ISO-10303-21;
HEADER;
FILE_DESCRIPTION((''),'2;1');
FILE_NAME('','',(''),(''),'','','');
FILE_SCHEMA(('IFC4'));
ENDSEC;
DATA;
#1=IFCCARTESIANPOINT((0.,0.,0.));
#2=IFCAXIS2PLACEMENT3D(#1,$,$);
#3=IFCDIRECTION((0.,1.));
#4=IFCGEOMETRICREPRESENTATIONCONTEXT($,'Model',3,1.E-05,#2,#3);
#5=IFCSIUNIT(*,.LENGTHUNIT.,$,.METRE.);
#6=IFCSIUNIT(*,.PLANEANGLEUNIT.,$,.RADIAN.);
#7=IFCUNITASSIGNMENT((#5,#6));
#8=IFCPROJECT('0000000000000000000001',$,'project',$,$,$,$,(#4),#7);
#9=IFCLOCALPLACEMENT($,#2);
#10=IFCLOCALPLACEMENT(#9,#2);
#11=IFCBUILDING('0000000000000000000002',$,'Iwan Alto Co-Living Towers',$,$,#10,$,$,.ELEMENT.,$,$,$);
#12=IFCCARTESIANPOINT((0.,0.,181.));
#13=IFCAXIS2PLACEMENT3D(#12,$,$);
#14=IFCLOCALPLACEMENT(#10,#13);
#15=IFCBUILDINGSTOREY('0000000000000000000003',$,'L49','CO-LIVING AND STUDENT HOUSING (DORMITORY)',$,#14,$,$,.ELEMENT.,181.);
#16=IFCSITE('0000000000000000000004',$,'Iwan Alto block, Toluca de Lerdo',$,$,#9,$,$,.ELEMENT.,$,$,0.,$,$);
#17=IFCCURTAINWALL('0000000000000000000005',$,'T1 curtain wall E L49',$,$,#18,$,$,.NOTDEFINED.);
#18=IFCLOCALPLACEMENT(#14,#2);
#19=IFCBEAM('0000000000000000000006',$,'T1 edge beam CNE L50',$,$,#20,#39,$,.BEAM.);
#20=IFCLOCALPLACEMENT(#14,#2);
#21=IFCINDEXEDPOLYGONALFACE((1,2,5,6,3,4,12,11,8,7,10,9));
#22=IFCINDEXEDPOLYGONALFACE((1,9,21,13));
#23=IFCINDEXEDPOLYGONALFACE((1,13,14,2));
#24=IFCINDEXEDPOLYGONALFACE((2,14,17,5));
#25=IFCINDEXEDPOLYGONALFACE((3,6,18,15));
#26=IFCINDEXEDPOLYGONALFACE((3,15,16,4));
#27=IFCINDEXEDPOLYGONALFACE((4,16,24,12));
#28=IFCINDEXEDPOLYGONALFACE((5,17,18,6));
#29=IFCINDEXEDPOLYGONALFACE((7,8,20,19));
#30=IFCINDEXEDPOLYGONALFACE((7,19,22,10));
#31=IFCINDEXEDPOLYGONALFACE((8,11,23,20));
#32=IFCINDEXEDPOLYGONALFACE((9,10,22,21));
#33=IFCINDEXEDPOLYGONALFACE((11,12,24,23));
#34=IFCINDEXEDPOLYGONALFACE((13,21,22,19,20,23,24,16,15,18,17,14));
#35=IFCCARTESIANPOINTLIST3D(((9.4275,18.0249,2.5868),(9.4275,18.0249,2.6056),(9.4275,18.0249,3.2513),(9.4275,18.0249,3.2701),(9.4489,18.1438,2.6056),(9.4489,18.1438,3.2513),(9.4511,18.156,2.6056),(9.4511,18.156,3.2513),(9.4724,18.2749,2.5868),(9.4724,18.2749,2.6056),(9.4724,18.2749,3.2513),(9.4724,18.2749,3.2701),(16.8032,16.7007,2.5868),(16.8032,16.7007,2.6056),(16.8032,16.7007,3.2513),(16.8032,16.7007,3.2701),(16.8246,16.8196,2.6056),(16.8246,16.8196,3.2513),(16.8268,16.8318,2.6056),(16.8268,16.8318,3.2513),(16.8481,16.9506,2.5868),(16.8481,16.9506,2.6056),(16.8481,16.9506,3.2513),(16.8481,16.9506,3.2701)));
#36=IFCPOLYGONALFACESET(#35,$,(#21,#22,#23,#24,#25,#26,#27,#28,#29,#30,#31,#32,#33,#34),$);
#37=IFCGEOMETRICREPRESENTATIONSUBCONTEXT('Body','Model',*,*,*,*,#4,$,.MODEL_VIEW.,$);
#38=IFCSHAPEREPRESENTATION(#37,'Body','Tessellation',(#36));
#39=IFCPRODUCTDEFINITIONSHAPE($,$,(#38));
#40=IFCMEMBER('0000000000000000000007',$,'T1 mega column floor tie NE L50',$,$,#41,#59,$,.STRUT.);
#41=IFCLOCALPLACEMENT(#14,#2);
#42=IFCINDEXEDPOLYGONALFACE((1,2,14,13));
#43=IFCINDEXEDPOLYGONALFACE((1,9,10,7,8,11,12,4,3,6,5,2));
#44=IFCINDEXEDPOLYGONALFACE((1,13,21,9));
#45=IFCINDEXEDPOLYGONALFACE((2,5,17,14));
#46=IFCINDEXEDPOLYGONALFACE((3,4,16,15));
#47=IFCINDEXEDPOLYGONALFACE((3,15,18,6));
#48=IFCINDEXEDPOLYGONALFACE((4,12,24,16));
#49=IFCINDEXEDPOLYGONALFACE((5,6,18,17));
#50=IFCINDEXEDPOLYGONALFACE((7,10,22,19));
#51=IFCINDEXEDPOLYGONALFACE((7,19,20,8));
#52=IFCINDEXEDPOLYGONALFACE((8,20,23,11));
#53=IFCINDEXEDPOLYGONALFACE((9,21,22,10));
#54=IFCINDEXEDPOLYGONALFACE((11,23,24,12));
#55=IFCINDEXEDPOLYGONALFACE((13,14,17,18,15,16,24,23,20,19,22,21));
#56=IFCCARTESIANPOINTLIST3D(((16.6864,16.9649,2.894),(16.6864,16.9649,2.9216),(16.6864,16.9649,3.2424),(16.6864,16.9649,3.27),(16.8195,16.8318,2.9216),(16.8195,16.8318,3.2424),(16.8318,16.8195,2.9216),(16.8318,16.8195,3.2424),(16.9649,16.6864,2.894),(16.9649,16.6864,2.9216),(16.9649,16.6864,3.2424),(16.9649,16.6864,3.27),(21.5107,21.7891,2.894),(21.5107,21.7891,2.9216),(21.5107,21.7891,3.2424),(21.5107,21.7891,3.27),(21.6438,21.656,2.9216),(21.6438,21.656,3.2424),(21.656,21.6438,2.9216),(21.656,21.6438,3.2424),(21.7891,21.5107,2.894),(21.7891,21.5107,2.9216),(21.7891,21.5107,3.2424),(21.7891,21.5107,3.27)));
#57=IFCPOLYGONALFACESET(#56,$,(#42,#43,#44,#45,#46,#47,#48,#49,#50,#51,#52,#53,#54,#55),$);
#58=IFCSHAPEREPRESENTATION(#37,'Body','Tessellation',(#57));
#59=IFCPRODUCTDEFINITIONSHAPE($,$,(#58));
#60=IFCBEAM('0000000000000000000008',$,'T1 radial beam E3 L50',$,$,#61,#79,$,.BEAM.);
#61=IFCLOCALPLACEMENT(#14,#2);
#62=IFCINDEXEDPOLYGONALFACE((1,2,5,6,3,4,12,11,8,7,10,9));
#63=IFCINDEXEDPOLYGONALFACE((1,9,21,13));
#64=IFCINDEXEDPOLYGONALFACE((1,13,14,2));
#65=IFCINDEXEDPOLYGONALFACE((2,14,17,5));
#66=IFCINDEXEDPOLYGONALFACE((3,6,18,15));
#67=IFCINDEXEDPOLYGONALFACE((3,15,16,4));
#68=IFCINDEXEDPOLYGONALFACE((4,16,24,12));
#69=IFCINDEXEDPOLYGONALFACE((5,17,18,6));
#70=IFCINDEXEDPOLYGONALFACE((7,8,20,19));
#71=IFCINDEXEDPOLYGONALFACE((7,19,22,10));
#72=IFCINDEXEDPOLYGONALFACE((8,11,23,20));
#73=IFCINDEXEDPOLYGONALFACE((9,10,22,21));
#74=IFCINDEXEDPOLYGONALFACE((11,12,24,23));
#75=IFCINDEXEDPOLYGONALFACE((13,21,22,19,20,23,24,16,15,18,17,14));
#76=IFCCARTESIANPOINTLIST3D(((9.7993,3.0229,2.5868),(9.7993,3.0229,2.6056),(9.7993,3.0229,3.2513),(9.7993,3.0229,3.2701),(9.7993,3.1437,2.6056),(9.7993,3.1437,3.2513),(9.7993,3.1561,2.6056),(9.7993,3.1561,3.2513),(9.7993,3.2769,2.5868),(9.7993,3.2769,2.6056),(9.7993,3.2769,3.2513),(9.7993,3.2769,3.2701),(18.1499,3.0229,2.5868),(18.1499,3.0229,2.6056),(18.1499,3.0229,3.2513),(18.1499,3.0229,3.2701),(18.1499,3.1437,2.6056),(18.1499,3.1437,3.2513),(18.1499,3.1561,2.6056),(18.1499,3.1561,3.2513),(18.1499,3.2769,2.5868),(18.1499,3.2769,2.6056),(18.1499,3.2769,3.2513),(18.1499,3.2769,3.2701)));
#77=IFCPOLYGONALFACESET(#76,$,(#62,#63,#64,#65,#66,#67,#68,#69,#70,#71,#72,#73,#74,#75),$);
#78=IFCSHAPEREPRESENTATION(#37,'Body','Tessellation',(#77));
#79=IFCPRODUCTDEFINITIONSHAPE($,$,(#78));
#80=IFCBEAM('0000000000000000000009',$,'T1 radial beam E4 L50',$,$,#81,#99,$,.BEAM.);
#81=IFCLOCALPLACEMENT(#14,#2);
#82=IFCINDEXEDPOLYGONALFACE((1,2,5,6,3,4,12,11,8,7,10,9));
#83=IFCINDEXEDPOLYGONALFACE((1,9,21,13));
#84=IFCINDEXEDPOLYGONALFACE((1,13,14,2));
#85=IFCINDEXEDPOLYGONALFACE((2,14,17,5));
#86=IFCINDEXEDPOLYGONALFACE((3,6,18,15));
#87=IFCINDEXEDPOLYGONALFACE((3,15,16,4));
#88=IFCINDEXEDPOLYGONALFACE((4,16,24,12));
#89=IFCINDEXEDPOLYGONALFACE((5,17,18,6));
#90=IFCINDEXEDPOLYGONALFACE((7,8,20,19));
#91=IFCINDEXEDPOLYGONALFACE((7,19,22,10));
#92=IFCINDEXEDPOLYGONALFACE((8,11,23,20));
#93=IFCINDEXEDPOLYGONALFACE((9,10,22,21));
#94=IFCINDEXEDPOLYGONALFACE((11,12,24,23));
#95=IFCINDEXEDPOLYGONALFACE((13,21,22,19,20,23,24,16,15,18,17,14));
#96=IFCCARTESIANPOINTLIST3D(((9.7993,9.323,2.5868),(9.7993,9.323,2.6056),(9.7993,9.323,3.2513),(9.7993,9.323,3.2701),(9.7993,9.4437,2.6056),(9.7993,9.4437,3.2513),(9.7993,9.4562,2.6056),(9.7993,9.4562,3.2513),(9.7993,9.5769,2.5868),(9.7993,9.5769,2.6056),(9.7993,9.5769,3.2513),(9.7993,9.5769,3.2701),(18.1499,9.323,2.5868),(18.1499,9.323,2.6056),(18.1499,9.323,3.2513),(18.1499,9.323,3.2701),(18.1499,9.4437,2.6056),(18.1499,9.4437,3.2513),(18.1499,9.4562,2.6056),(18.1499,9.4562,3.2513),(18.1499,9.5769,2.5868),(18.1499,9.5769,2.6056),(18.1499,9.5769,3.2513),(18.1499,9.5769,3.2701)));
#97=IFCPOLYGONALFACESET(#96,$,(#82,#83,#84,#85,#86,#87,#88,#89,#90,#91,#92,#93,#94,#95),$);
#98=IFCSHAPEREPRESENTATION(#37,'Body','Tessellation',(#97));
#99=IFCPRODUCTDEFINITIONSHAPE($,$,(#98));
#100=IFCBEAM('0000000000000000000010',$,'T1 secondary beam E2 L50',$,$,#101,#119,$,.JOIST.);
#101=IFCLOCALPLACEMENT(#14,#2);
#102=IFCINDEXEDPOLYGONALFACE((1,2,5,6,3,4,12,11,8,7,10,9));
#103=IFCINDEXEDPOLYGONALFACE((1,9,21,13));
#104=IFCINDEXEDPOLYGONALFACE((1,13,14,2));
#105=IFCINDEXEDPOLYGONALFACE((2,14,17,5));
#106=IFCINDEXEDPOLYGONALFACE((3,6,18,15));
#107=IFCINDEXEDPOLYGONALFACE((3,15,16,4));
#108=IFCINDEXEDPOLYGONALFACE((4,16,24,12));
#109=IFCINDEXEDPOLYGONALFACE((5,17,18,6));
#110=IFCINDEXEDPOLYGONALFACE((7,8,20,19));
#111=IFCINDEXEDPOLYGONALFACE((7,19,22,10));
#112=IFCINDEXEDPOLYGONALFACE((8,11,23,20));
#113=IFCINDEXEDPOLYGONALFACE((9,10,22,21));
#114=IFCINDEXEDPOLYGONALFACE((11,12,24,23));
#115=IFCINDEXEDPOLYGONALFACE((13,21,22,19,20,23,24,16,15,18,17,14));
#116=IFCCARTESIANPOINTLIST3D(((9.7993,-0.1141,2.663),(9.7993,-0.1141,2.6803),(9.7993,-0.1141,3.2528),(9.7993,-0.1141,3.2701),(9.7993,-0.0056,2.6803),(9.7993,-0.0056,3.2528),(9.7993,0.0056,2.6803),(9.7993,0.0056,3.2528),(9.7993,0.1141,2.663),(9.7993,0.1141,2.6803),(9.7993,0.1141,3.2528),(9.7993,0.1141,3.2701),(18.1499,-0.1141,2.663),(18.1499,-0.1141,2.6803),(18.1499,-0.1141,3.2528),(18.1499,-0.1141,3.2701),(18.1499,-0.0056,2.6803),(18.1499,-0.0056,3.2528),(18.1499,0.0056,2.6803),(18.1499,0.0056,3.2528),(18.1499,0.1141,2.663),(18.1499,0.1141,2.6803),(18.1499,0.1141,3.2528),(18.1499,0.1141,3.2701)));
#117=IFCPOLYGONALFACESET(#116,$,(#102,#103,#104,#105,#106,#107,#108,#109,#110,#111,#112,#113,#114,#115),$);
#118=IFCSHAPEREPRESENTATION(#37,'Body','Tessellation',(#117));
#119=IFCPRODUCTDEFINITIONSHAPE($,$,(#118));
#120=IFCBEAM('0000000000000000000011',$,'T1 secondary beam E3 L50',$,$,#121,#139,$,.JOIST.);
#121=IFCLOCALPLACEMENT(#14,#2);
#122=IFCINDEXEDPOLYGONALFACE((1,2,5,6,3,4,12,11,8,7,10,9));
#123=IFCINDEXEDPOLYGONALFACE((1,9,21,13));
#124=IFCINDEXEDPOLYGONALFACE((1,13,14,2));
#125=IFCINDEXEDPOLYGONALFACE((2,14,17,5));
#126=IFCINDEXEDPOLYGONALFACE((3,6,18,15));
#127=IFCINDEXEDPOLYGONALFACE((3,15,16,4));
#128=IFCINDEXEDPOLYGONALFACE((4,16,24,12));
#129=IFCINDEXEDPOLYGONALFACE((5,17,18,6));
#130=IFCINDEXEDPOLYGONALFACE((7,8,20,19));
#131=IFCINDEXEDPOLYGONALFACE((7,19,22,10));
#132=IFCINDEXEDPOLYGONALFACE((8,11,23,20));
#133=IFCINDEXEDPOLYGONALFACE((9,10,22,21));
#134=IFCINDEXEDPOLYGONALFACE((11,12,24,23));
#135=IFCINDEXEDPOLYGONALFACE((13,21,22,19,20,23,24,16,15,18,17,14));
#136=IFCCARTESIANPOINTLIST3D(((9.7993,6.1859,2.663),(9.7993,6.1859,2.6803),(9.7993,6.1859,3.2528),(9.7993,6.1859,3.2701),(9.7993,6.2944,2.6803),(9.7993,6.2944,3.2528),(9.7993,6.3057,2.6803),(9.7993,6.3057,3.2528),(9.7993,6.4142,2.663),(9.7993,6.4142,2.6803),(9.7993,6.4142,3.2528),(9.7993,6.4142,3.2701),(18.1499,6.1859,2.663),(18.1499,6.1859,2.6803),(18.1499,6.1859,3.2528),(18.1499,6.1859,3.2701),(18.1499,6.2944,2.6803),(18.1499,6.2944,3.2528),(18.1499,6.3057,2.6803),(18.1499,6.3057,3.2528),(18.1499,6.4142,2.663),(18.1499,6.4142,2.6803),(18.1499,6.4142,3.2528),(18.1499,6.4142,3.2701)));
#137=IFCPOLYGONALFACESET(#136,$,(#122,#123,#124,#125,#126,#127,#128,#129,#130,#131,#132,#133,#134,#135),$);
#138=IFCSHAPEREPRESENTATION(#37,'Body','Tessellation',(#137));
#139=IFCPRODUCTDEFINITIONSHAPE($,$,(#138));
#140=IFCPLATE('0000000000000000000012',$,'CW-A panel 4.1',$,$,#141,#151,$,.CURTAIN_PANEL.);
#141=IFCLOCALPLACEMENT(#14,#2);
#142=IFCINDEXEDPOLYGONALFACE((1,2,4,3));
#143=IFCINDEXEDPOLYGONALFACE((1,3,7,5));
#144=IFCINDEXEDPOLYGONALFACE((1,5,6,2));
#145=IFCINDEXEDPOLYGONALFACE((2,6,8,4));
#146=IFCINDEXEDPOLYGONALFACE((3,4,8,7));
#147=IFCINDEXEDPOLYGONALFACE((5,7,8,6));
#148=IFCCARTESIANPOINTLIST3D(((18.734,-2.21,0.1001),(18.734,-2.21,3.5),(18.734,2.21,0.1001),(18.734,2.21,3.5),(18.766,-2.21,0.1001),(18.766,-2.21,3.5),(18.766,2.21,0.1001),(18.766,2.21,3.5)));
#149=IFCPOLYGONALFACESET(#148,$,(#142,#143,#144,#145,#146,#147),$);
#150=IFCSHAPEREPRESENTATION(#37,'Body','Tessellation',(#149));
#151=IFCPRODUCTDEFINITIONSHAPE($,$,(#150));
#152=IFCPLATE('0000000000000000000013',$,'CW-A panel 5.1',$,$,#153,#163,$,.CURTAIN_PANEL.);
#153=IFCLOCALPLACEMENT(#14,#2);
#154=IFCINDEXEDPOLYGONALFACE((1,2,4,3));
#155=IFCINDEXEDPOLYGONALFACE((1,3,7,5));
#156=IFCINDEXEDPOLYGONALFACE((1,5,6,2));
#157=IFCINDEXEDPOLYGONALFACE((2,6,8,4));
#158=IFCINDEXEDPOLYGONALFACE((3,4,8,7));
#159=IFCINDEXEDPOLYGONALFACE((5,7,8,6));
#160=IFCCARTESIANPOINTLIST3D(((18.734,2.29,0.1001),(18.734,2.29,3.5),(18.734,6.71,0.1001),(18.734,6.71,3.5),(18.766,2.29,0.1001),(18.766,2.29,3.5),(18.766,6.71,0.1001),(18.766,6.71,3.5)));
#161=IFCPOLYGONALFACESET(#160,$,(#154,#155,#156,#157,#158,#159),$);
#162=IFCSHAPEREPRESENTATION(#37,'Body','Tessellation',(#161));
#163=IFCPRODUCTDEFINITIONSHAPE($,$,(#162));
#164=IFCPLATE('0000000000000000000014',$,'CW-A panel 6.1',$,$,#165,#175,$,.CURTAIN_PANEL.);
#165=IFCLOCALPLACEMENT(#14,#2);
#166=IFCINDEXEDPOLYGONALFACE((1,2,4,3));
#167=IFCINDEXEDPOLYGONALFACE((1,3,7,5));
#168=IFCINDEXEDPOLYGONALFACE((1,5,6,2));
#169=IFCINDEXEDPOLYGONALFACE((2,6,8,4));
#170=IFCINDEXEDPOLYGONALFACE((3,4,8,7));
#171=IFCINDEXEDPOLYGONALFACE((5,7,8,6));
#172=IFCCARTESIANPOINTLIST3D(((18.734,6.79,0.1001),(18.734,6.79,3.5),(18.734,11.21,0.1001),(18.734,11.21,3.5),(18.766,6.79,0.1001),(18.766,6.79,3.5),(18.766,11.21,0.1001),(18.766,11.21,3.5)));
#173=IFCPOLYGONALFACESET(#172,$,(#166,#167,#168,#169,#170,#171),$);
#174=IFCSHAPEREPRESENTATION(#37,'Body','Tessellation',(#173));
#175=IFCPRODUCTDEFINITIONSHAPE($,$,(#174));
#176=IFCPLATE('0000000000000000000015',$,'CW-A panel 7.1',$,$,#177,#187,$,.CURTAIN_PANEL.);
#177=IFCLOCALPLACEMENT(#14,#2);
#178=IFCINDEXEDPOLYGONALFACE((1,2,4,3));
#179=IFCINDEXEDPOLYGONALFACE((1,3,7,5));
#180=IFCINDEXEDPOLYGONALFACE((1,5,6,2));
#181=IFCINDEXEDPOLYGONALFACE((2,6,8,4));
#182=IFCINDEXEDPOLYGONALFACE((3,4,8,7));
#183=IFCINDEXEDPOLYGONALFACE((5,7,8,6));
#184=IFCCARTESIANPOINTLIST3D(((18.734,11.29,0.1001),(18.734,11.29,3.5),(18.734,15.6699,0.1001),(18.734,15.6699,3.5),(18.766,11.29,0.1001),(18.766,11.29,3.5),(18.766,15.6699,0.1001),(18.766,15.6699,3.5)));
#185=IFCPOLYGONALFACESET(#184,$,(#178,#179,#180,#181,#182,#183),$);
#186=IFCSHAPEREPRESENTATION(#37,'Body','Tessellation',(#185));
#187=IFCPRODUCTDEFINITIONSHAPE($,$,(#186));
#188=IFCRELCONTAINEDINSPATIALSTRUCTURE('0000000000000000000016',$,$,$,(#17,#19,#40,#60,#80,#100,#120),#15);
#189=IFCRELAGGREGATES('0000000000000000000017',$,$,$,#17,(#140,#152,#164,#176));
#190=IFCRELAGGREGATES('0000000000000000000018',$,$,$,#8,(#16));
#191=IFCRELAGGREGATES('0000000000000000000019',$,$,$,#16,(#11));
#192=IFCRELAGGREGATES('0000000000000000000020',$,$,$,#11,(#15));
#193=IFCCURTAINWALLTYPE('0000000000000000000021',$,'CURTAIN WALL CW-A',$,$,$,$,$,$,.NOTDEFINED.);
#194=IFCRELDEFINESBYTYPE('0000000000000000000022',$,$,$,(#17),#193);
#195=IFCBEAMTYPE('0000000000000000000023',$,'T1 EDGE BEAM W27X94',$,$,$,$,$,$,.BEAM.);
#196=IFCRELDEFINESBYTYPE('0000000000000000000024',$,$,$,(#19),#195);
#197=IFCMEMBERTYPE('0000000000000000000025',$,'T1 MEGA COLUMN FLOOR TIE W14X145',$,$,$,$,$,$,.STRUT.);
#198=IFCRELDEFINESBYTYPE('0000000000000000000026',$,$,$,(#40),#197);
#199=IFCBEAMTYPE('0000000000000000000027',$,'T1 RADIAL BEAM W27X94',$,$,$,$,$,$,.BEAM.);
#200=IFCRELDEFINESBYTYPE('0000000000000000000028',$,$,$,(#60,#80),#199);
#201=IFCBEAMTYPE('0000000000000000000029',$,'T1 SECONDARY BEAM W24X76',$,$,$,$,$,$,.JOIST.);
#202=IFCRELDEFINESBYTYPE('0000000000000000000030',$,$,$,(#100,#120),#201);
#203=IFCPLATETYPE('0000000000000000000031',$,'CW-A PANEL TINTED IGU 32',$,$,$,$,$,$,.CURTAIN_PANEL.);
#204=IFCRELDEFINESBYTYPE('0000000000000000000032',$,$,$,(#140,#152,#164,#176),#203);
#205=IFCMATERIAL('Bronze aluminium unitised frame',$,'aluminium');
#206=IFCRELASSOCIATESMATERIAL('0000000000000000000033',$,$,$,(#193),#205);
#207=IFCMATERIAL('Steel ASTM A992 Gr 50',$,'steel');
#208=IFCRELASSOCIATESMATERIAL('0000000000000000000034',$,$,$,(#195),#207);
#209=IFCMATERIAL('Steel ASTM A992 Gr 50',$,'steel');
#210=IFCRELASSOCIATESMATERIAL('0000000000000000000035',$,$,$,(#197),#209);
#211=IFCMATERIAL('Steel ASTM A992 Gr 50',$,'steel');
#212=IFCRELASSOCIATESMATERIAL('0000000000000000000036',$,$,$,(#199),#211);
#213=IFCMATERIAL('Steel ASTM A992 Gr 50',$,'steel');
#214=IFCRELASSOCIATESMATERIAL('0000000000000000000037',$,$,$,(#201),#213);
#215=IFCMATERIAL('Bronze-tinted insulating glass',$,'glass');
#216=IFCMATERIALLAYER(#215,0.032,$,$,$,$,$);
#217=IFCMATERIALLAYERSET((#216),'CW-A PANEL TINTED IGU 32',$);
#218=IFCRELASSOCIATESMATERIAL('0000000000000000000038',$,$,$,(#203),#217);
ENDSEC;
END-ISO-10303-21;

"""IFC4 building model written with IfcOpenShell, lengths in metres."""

from ifc_helpers import new_model, si_unit, direction, frame, origin, origin_2d, place, context, subcontext, project, spatial, rectangle, i_section, extrude, material, layer, layer_set, material_profile, profile_set, type_object, element, aggregate, save


model = new_model("IFC4")

# Units and contexts
model_context = context("Model", 3, precision=1e-05, world=origin(), true_north=direction((0.0, 1.0)))
body_context = subcontext(model_context, "Body", "Model", "MODEL_VIEW")
ifc_project = project(units=[si_unit("LENGTHUNIT", "METRE"), si_unit("PLANEANGLEUNIT", "RADIAN")], contexts=[model_context])

# Site, building, storey
site_placement = place(None, origin())
site = spatial("IfcSite", under=ifc_project, at=site_placement, Name="Iwan Alto block, Toluca de Lerdo", CompositionType="ELEMENT", RefElevation=0.0)
building_placement = place(site_placement, origin())
building = spatial("IfcBuilding", under=site, at=building_placement, Name="Iwan Alto Co-Living Towers", CompositionType="ELEMENT")
storey_placement = place(building_placement, frame((0.0, 0.0, 181.0)))
storey = spatial("IfcBuildingStorey", under=building, at=storey_placement, Name="L49", Description="CO-LIVING AND STUDENT HOUSING (DORMITORY)", CompositionType="ELEMENT", Elevation=181.0)

# Curtain wall
ifc_material_1 = material(Name="Bronze aluminium unitised frame", Category="aluminium")
curtain_wall_type_1 = type_object("IfcCurtainWallType", Name="CURTAIN WALL CW-A", PredefinedType="NOTDEFINED", material=ifc_material_1)
curtain_wall_1_placement = place(storey_placement, origin())
curtain_wall_1 = element("IfcCurtainWall", 1, at=curtain_wall_1_placement, inside=storey, type_object=curtain_wall_type_1, Name="T1 curtain wall E L49", PredefinedType="NOTDEFINED")

# Beam
ifc_material_2 = material(Name="Steel ASTM A992 Gr 50", Category="steel")
ifc_material_profile_1 = material_profile(ifc_material_2, i_section(OverallWidth=0.2539, OverallDepth=0.6833, WebThickness=0.0125, FlangeThickness=0.0188, at=origin_2d()), Name="W27X94")
ifc_profile_set_1 = profile_set([ifc_material_profile_1], Name="Steel ASTM A992 Gr 50")
beam_type_1 = type_object("IfcBeamType", Name="T1 EDGE BEAM W27X94", PredefinedType="BEAM", material=ifc_profile_set_1)
for number, where, z_axis, x_axis, name in (
    (2, (16.8257, 16.8257, 2.9285), (-0.984263, 0.176712, 0.0), (-0.176712, -0.984263, 0.0), "T1 edge beam CNE L50"),
):
    element("IfcBeam", number, at=place(storey_placement, frame(where, z_axis=z_axis, x_axis=x_axis)), inside=storey, type_object=beam_type_1, Name=name, PredefinedType="BEAM", context=body_context, shape_type="SweptSolid", body=[
        extrude(i_section(OverallWidth=0.2539, OverallDepth=0.6833, WebThickness=0.0125, FlangeThickness=0.0188, at=origin_2d()), origin(), (0.0, 0.0, 1.0), 7.4937),
    ])

# Member
ifc_material_3 = material(Name="Steel ASTM A992 Gr 50", Category="steel")
ifc_material_profile_2 = material_profile(ifc_material_3, i_section(OverallWidth=0.3938, OverallDepth=0.376, WebThickness=0.0173, FlangeThickness=0.0276, at=origin_2d()), Name="W14X145")
ifc_profile_set_2 = profile_set([ifc_material_profile_2], Name="Steel ASTM A992 Gr 50")
member_type_1 = type_object("IfcMemberType", Name="T1 MEGA COLUMN FLOOR TIE W14X145", PredefinedType="STRUT", material=ifc_profile_set_2)
member_1_placement = place(storey_placement, frame((21.6499, 21.6499, 3.082), z_axis=(-0.707107, -0.707107, 0.0), x_axis=(0.707107, -0.707107, 0.0)))
element("IfcMember", 3, at=member_1_placement, inside=storey, type_object=member_type_1, Name="T1 mega column floor tie NE L50", PredefinedType="STRUT", context=body_context, shape_type="SweptSolid", body=[
    extrude(i_section(OverallWidth=0.3938, OverallDepth=0.376, WebThickness=0.0173, FlangeThickness=0.0276, at=origin_2d()), origin(), (0.0, 0.0, 1.0), 6.8225),
])

# Beams
ifc_material_4 = material(Name="Steel ASTM A992 Gr 50", Category="steel")
ifc_material_profile_3 = material_profile(ifc_material_4, i_section(OverallWidth=0.2539, OverallDepth=0.6833, WebThickness=0.0125, FlangeThickness=0.0188, at=origin_2d()), Name="W27X94")
ifc_profile_set_3 = profile_set([ifc_material_profile_3], Name="Steel ASTM A992 Gr 50")
beam_type_2 = type_object("IfcBeamType", Name="T1 RADIAL BEAM W27X94", PredefinedType="BEAM", material=ifc_profile_set_3)
for number, where, z_axis, x_axis, name in (
    (4, (18.1499, 3.1499, 2.9285), (-1.0, 0.0, 0.0), (0.0, -1.0, 0.0), "T1 radial beam E3 L50"),
    (5, (18.1499, 9.45, 2.9285), (-1.0, 0.0, 0.0), (0.0, -1.0, 0.0), "T1 radial beam E4 L50"),
):
    element("IfcBeam", number, at=place(storey_placement, frame(where, z_axis=z_axis, x_axis=x_axis)), inside=storey, type_object=beam_type_2, Name=name, PredefinedType="BEAM", context=body_context, shape_type="SweptSolid", body=[
        extrude(i_section(OverallWidth=0.2539, OverallDepth=0.6833, WebThickness=0.0125, FlangeThickness=0.0188, at=origin_2d()), origin(), (0.0, 0.0, 1.0), 8.3506),
    ])
ifc_material_5 = material(Name="Steel ASTM A992 Gr 50", Category="steel")
ifc_material_profile_4 = material_profile(ifc_material_5, i_section(OverallWidth=0.2283, OverallDepth=0.6072, WebThickness=0.0112, FlangeThickness=0.0173, at=origin_2d()), Name="W24X76")
ifc_profile_set_4 = profile_set([ifc_material_profile_4], Name="Steel ASTM A992 Gr 50")
beam_type_3 = type_object("IfcBeamType", Name="T1 SECONDARY BEAM W24X76", PredefinedType="JOIST", material=ifc_profile_set_4)
for number, where, z_axis, x_axis, name in (
    (6, (18.1499, 0.0, 2.9666), (-1.0, 0.0, 0.0), (0.0, -1.0, 0.0), "T1 secondary beam E2 L50"),
    (7, (18.1499, 6.3, 2.9666), (-1.0, 0.0, 0.0), (0.0, -1.0, 0.0), "T1 secondary beam E3 L50"),
):
    element("IfcBeam", number, at=place(storey_placement, frame(where, z_axis=z_axis, x_axis=x_axis)), inside=storey, type_object=beam_type_3, Name=name, PredefinedType="JOIST", context=body_context, shape_type="SweptSolid", body=[
        extrude(i_section(OverallWidth=0.2283, OverallDepth=0.6072, WebThickness=0.0112, FlangeThickness=0.0173, at=origin_2d()), origin(), (0.0, 0.0, 1.0), 8.3506),
    ])

# Plates
ifc_material_6 = material(Name="Bronze-tinted insulating glass", Category="glass")
ifc_layer_1 = layer(ifc_material_6, 0.032)
ifc_layer_set_1 = layer_set([ifc_layer_1], Name="CW-A PANEL TINTED IGU 32")
plate_type_1 = type_object("IfcPlateType", Name="CW-A PANEL TINTED IGU 32", PredefinedType="CURTAIN_PANEL", material=ifc_layer_set_1)
plate_1_placement = place(storey_placement, frame((18.75, 0.0, 0.1001), z_axis=(0.0, 0.0, 1.0), x_axis=(0.0, 1.0, 0.0)))
plate_1 = element("IfcPlate", 8, at=plate_1_placement, type_object=plate_type_1, Name="CW-A panel 4.1", PredefinedType="CURTAIN_PANEL", context=body_context, shape_type="SweptSolid", body=[
    extrude(rectangle(XDim=4.4199, YDim=0.032, at=origin_2d()), origin(), (0.0, 0.0, 1.0), 3.3999),
])
plate_2_placement = place(storey_placement, frame((18.75, 4.5, 0.1001), z_axis=(0.0, 0.0, 1.0), x_axis=(0.0, 1.0, 0.0)))
plate_2 = element("IfcPlate", 9, at=plate_2_placement, type_object=plate_type_1, Name="CW-A panel 5.1", PredefinedType="CURTAIN_PANEL", context=body_context, shape_type="SweptSolid", body=[
    extrude(rectangle(XDim=4.4199, YDim=0.032, at=origin_2d()), origin(), (0.0, 0.0, 1.0), 3.3999),
])
plate_3_placement = place(storey_placement, frame((18.75, 9.0, 0.1001), z_axis=(0.0, 0.0, 1.0), x_axis=(0.0, 1.0, 0.0)))
plate_3 = element("IfcPlate", 10, at=plate_3_placement, type_object=plate_type_1, Name="CW-A panel 6.1", PredefinedType="CURTAIN_PANEL", context=body_context, shape_type="SweptSolid", body=[
    extrude(rectangle(XDim=4.4199, YDim=0.032, at=origin_2d()), origin(), (0.0, 0.0, 1.0), 3.3999),
])
plate_4_placement = place(storey_placement, frame((18.75, 13.48, 0.1001), z_axis=(0.0, 0.0, 1.0), x_axis=(0.0, 1.0, 0.0)))
plate_4 = element("IfcPlate", 11, at=plate_4_placement, type_object=plate_type_1, Name="CW-A panel 7.1", PredefinedType="CURTAIN_PANEL", context=body_context, shape_type="SweptSolid", body=[
    extrude(rectangle(XDim=4.3799, YDim=0.032, at=origin_2d()), origin(), (0.0, 0.0, 1.0), 3.3999),
])
aggregate(curtain_wall_1, [plate_1, plate_2, plate_3, plate_4])

save(model, "model.ifc")
